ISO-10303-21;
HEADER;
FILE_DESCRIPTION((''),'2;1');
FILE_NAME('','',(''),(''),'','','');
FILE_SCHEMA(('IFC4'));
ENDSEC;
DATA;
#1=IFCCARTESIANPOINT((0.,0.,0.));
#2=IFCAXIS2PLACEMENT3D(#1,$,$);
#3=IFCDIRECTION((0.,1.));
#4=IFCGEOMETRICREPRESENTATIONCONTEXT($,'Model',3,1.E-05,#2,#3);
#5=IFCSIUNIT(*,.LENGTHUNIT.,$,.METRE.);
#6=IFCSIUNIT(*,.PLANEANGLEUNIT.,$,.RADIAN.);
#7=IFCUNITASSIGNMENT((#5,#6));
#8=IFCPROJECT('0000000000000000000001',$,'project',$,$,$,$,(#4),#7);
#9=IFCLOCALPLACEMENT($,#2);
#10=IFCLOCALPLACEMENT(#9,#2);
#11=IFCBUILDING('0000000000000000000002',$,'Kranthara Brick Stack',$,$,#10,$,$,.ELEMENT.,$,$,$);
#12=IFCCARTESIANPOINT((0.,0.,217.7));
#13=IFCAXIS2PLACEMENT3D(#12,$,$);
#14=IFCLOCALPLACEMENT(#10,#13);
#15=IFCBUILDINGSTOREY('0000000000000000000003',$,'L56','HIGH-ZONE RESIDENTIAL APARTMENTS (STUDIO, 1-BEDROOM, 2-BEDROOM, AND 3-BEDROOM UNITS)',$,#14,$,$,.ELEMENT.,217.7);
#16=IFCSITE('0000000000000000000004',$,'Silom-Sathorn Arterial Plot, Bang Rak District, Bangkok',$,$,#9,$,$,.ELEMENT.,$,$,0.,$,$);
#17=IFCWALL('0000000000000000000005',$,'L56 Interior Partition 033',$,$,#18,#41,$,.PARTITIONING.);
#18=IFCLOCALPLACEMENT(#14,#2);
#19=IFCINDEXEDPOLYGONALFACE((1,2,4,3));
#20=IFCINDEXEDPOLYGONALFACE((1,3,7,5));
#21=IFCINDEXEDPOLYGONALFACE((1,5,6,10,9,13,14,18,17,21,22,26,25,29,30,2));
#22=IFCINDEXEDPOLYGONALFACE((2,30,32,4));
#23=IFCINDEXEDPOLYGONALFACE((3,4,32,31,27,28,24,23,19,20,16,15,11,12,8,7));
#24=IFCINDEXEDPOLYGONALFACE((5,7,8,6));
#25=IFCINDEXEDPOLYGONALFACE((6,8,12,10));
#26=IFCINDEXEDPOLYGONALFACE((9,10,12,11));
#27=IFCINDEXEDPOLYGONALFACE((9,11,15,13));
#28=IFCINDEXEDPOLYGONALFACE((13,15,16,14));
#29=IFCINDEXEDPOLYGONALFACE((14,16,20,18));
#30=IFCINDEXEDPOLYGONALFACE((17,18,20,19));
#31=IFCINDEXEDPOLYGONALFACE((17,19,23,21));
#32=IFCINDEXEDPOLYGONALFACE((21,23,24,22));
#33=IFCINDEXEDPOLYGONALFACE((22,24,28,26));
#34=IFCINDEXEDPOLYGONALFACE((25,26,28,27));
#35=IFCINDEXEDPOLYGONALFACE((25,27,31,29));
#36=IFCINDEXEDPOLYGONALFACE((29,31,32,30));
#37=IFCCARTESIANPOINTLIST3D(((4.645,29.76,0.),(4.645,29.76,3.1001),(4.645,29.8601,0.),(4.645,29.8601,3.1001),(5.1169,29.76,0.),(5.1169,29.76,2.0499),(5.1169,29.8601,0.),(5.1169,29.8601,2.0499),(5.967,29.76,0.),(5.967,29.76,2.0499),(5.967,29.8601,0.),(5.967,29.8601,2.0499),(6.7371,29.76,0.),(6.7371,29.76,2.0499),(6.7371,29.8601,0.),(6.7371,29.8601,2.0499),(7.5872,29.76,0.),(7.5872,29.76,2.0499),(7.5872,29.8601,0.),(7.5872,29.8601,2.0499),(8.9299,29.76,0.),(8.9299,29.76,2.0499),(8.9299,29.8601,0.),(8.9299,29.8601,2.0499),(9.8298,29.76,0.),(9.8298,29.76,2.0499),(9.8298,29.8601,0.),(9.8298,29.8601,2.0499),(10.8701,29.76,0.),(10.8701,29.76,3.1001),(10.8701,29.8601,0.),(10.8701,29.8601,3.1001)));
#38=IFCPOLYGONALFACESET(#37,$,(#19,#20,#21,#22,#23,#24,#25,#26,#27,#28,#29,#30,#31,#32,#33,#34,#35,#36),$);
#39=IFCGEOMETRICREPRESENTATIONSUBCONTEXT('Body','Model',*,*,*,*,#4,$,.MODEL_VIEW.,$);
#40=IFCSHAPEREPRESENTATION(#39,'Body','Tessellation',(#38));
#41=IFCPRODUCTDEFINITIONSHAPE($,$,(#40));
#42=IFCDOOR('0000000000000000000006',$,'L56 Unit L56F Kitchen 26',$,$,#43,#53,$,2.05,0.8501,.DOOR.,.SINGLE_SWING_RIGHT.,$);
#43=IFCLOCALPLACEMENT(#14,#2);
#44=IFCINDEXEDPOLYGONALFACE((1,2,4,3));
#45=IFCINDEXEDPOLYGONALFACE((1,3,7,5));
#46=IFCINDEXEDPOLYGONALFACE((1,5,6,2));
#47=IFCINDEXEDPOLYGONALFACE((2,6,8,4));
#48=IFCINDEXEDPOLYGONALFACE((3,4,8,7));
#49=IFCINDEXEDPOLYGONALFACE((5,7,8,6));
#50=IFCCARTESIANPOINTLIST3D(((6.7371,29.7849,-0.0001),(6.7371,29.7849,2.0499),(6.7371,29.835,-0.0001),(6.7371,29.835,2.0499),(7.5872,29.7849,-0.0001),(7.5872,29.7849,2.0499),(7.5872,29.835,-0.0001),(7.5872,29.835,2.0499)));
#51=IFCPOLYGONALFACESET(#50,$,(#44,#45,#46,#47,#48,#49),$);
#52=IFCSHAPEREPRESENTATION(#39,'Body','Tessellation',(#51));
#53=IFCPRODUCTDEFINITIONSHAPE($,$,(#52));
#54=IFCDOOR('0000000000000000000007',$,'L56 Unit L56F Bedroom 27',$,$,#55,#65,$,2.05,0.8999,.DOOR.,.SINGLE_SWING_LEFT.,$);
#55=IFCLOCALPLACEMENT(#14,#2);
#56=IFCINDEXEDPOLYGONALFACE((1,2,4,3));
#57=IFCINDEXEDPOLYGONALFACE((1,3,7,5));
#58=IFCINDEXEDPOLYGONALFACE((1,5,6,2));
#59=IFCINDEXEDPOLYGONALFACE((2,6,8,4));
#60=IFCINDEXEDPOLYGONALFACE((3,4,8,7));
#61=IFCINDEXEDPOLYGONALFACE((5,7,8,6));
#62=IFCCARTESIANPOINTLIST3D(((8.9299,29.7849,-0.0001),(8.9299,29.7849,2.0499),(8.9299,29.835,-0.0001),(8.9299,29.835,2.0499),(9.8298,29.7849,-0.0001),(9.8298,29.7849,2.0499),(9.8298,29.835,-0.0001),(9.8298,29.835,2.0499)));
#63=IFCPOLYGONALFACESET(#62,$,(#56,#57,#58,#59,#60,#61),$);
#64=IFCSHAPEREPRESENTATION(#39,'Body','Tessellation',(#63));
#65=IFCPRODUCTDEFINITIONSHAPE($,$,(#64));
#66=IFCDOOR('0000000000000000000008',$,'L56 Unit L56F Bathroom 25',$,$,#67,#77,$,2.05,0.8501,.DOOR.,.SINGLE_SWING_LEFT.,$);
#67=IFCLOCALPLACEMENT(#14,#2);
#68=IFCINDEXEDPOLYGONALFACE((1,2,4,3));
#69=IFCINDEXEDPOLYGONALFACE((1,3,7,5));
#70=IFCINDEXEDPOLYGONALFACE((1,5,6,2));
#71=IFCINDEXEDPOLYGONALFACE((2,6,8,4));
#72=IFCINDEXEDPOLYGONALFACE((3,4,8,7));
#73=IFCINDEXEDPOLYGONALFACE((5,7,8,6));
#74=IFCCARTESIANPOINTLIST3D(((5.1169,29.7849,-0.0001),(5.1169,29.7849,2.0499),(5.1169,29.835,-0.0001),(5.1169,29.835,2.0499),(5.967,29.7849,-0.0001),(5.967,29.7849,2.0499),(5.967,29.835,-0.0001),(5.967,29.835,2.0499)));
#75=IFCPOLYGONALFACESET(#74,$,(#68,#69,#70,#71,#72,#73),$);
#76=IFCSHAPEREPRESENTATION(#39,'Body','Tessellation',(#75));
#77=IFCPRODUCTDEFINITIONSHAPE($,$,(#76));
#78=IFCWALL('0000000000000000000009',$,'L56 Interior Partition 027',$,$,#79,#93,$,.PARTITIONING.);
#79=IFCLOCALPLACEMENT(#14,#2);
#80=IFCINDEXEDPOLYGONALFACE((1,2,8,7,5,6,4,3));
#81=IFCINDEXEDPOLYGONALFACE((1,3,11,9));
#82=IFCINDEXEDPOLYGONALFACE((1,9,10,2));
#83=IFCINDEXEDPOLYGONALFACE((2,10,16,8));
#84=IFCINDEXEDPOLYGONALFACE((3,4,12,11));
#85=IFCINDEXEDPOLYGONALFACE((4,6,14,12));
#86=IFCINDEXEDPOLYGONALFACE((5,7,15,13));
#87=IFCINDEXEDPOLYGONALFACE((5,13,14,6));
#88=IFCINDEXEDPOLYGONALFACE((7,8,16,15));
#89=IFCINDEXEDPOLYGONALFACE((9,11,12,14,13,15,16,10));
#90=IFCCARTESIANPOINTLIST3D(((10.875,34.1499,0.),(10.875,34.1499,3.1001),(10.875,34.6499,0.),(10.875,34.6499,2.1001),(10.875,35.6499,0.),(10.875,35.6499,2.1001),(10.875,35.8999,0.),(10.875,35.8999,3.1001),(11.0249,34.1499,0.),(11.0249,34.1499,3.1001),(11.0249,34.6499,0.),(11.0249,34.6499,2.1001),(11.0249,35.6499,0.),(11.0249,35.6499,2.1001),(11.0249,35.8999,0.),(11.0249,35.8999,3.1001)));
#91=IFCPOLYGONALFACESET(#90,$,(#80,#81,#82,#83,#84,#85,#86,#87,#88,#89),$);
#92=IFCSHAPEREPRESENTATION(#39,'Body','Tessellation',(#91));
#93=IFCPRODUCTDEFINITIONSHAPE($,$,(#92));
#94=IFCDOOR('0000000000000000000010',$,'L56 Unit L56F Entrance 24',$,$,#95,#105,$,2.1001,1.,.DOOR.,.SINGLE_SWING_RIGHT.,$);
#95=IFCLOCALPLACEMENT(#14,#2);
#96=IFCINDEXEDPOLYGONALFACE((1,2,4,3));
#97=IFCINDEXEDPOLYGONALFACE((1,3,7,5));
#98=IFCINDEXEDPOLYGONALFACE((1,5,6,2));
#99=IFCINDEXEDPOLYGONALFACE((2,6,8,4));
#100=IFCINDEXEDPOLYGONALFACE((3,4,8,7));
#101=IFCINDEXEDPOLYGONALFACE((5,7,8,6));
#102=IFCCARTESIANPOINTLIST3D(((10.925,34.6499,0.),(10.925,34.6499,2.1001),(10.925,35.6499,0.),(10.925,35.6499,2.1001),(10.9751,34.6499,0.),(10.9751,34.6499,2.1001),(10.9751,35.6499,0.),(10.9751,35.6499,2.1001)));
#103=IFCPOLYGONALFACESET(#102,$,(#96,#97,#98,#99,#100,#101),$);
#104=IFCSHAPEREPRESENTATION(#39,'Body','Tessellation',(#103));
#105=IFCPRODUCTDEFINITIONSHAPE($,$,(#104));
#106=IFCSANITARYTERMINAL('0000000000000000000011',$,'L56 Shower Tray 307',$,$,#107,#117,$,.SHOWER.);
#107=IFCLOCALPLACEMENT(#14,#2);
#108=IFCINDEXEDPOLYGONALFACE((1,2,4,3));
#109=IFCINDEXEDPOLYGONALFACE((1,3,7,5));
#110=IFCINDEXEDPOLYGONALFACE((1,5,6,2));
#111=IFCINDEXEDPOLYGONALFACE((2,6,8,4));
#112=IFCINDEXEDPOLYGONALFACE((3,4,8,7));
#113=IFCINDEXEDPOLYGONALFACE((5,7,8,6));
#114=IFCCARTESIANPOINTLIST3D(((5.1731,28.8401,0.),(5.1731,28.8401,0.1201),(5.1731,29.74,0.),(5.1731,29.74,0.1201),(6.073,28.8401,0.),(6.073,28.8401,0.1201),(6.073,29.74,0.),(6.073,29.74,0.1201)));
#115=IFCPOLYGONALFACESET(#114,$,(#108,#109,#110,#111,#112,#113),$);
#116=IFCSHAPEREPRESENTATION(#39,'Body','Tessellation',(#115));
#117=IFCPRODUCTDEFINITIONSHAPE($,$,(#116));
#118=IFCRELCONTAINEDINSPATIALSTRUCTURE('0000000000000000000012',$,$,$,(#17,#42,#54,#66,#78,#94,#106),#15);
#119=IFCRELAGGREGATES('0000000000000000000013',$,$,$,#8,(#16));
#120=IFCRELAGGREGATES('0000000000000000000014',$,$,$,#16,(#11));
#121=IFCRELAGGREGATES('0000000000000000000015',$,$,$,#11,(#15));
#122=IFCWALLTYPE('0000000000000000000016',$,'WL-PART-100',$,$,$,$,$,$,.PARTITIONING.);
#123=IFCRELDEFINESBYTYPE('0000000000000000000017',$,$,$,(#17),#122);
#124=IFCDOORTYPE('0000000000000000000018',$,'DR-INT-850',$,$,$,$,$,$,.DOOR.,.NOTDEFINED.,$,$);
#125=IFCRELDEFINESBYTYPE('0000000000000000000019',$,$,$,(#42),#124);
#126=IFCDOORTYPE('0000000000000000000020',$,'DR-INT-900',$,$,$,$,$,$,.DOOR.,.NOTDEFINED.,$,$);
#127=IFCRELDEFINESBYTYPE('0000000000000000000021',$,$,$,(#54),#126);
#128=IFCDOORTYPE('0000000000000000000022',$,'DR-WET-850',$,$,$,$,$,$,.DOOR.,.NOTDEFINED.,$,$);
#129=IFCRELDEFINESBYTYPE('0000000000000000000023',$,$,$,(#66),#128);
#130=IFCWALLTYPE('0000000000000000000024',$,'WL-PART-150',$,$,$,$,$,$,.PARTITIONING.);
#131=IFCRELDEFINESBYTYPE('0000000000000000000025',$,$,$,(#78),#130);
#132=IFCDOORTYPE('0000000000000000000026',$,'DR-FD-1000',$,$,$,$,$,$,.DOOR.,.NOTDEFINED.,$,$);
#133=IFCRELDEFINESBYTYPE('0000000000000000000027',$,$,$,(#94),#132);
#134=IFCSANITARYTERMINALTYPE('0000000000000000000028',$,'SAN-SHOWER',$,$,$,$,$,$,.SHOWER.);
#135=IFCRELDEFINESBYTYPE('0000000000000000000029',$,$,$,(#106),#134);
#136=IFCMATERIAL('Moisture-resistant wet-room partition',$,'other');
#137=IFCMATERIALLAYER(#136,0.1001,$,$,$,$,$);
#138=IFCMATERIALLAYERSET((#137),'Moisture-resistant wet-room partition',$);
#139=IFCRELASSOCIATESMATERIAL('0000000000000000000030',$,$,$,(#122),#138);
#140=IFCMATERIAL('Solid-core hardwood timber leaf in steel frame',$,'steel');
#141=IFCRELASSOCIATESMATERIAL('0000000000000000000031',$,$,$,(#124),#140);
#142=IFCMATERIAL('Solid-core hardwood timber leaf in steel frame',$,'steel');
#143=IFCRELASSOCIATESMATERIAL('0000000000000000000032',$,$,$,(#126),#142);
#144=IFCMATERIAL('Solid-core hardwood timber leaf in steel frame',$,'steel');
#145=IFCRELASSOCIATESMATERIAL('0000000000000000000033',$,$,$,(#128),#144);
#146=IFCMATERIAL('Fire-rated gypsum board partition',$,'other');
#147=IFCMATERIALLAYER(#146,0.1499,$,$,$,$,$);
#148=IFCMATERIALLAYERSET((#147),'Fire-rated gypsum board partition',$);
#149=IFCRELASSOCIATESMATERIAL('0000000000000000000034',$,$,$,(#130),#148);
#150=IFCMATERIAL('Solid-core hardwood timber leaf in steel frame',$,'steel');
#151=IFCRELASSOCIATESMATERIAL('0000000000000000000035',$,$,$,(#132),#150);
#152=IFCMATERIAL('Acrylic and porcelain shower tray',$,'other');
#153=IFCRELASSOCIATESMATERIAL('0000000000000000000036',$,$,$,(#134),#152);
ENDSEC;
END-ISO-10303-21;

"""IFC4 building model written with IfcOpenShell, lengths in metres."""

from ifc_helpers import new_model, si_unit, direction, frame, frame_2d, origin, origin_2d, place, context, subcontext, project, spatial, rectangle, extrude, material, layer, layer_set, type_object, element, fill, save


model = new_model("IFC4")

# Units and contexts
model_context = context("Model", 3, precision=1e-05, world=origin(), true_north=direction((0.0, 1.0)))
body_context = subcontext(model_context, "Body", "Model", "MODEL_VIEW")
ifc_project = project(units=[si_unit("LENGTHUNIT", "METRE"), si_unit("PLANEANGLEUNIT", "RADIAN")], contexts=[model_context])

# Site, building, storey
site_placement = place(None, origin())
site = spatial("IfcSite", under=ifc_project, at=site_placement, Name="Silom-Sathorn Arterial Plot, Bang Rak District, Bangkok", CompositionType="ELEMENT", RefElevation=0.0)
building_placement = place(site_placement, origin())
building = spatial("IfcBuilding", under=site, at=building_placement, Name="Kranthara Brick Stack", CompositionType="ELEMENT")
storey_placement = place(building_placement, frame((0.0, 0.0, 217.7)))
storey = spatial("IfcBuildingStorey", under=building, at=storey_placement, Name="L56", Description="HIGH-ZONE RESIDENTIAL APARTMENTS (STUDIO, 1-BEDROOM, 2-BEDROOM, AND 3-BEDROOM UNITS)", CompositionType="ELEMENT", Elevation=217.7)

# Wall, openings, doors
ifc_material_1 = material(Name="Moisture-resistant wet-room partition", Category="other")
ifc_layer_1 = layer(ifc_material_1, 0.1001)
ifc_layer_set_1 = layer_set([ifc_layer_1], Name="Moisture-resistant wet-room partition")
wall_type_1 = type_object("IfcWallType", Name="WL-PART-100", PredefinedType="PARTITIONING", material=ifc_layer_set_1)
wall_1_placement = place(storey_placement, frame((4.645, 29.8101, 0.0), z_axis=(0.0, 0.0, 1.0), x_axis=(1.0, 0.0, 0.0)))
wall_1 = element("IfcWall", 1, at=wall_1_placement, inside=storey, type_object=wall_type_1, Name="L56 Interior Partition 033", PredefinedType="PARTITIONING", context=body_context, shape_type="SweptSolid", body=[
    extrude(rectangle(XDim=6.2251, YDim=0.1001, at=frame_2d((3.1125, 0.0))), origin(), (0.0, 0.0, 1.0), 3.1001),
])
opening_1_placement = place(wall_1_placement, frame((0.4719, 0.0, 0.0)))
opening_1 = element("IfcOpeningElement", 2, at=opening_1_placement, cuts=wall_1, PredefinedType="OPENING", context=body_context, shape_type="SweptSolid", body=[
    extrude(rectangle(XDim=0.8501, YDim=2.05, at=frame_2d((0.425, 1.0249))), frame((0.0, 0.0601, 0.0), z_axis=(0.0, -1.0, 0.0), x_axis=(1.0, 0.0, 0.0)), (0.0, 0.0, 1.0), 0.1201),
])
opening_2_placement = place(wall_1_placement, frame((2.092, 0.0, 0.0)))
opening_2 = element("IfcOpeningElement", 3, at=opening_2_placement, cuts=wall_1, PredefinedType="OPENING", context=body_context, shape_type="SweptSolid", body=[
    extrude(rectangle(XDim=0.8501, YDim=2.05, at=frame_2d((0.425, 1.0249))), frame((0.0, 0.0601, 0.0), z_axis=(0.0, -1.0, 0.0), x_axis=(1.0, 0.0, 0.0)), (0.0, 0.0, 1.0), 0.1201),
])
opening_3_placement = place(wall_1_placement, frame((4.2849, 0.0, 0.0)))
opening_3 = element("IfcOpeningElement", 4, at=opening_3_placement, cuts=wall_1, PredefinedType="OPENING", context=body_context, shape_type="SweptSolid", body=[
    extrude(rectangle(XDim=0.8999, YDim=2.05, at=frame_2d((0.45, 1.0249))), frame((0.0, 0.0601, 0.0), z_axis=(0.0, -1.0, 0.0), x_axis=(1.0, 0.0, 0.0)), (0.0, 0.0, 1.0), 0.1201),
])
ifc_material_2 = material(Name="Solid-core hardwood timber leaf in steel frame", Category="steel")
door_type_1 = type_object("IfcDoorType", Name="DR-INT-850", OperationType="NOTDEFINED", PredefinedType="DOOR", material=ifc_material_2)
door_1_placement = place(opening_2_placement, origin())
door_1 = element("IfcDoor", 5, at=door_1_placement, inside=storey, type_object=door_type_1, Name="L56 Unit L56F Kitchen 26", OperationType="SINGLE_SWING_RIGHT", OverallHeight=2.05, OverallWidth=0.8501, PredefinedType="DOOR", context=body_context, shape_type="SweptSolid", body=[
    extrude(rectangle(XDim=0.8501, YDim=2.05, at=frame_2d((0.425, 1.0249))), frame((0.0, 0.0249, 0.0), z_axis=(0.0, -1.0, 0.0), x_axis=(1.0, 0.0, 0.0)), (0.0, 0.0, 1.0), 0.05),
])
fill(opening_2, door_1)
ifc_material_3 = material(Name="Solid-core hardwood timber leaf in steel frame", Category="steel")
door_type_2 = type_object("IfcDoorType", Name="DR-INT-900", OperationType="NOTDEFINED", PredefinedType="DOOR", material=ifc_material_3)
door_2_placement = place(opening_3_placement, origin())
door_2 = element("IfcDoor", 6, at=door_2_placement, inside=storey, type_object=door_type_2, Name="L56 Unit L56F Bedroom 27", OperationType="SINGLE_SWING_LEFT", OverallHeight=2.05, OverallWidth=0.8999, PredefinedType="DOOR", context=body_context, shape_type="SweptSolid", body=[
    extrude(rectangle(XDim=0.8999, YDim=2.05, at=frame_2d((0.45, 1.0249))), frame((0.0, 0.0249, 0.0), z_axis=(0.0, -1.0, 0.0), x_axis=(1.0, 0.0, 0.0)), (0.0, 0.0, 1.0), 0.05),
])
fill(opening_3, door_2)
ifc_material_4 = material(Name="Solid-core hardwood timber leaf in steel frame", Category="steel")
door_type_3 = type_object("IfcDoorType", Name="DR-WET-850", OperationType="NOTDEFINED", PredefinedType="DOOR", material=ifc_material_4)
door_3_placement = place(opening_1_placement, origin())
door_3 = element("IfcDoor", 7, at=door_3_placement, inside=storey, type_object=door_type_3, Name="L56 Unit L56F Bathroom 25", OperationType="SINGLE_SWING_LEFT", OverallHeight=2.05, OverallWidth=0.8501, PredefinedType="DOOR", context=body_context, shape_type="SweptSolid", body=[
    extrude(rectangle(XDim=0.8501, YDim=2.05, at=frame_2d((0.425, 1.0249))), frame((0.0, 0.0249, 0.0), z_axis=(0.0, -1.0, 0.0), x_axis=(1.0, 0.0, 0.0)), (0.0, 0.0, 1.0), 0.05),
])
fill(opening_1, door_3)

# Wall, opening, door
ifc_material_5 = material(Name="Fire-rated gypsum board partition", Category="other")
ifc_layer_2 = layer(ifc_material_5, 0.1499)
ifc_layer_set_2 = layer_set([ifc_layer_2], Name="Fire-rated gypsum board partition")
wall_type_2 = type_object("IfcWallType", Name="WL-PART-150", PredefinedType="PARTITIONING", material=ifc_layer_set_2)
wall_2_placement = place(storey_placement, frame((10.95, 34.1499, 0.0), z_axis=(0.0, 0.0, 1.0), x_axis=(0.0, 1.0, 0.0)))
wall_2 = element("IfcWall", 8, at=wall_2_placement, inside=storey, type_object=wall_type_2, Name="L56 Interior Partition 027", PredefinedType="PARTITIONING", context=body_context, shape_type="SweptSolid", body=[
    extrude(rectangle(XDim=1.75, YDim=0.1499, at=frame_2d((0.875, 0.0))), origin(), (0.0, 0.0, 1.0), 3.1001),
])
opening_4_placement = place(wall_2_placement, frame((0.5, 0.0, 0.0)))
opening_4 = element("IfcOpeningElement", 9, at=opening_4_placement, cuts=wall_2, PredefinedType="OPENING", context=body_context, shape_type="SweptSolid", body=[
    extrude(rectangle(XDim=1.0, YDim=2.1001, at=frame_2d((0.5, 1.05))), frame((0.0, 0.085, 0.0), z_axis=(0.0, -1.0, 0.0), x_axis=(1.0, 0.0, 0.0)), (0.0, 0.0, 1.0), 0.1699),
])
ifc_material_6 = material(Name="Solid-core hardwood timber leaf in steel frame", Category="steel")
door_type_4 = type_object("IfcDoorType", Name="DR-FD-1000", OperationType="NOTDEFINED", PredefinedType="DOOR", material=ifc_material_6)
door_4_placement = place(opening_4_placement, origin())
door_4 = element("IfcDoor", 10, at=door_4_placement, inside=storey, type_object=door_type_4, Name="L56 Unit L56F Entrance 24", OperationType="SINGLE_SWING_RIGHT", OverallHeight=2.1001, OverallWidth=1.0, PredefinedType="DOOR", context=body_context, shape_type="SweptSolid", body=[
    extrude(rectangle(XDim=1.0, YDim=2.1001, at=frame_2d((0.5, 1.05))), frame((0.0, 0.0249, 0.0), z_axis=(0.0, -1.0, 0.0), x_axis=(1.0, 0.0, 0.0)), (0.0, 0.0, 1.0), 0.05),
])
fill(opening_4, door_4)

# Sanitary terminal
ifc_material_7 = material(Name="Acrylic and porcelain shower tray", Category="other")
sanitary_terminal_type = type_object("IfcSanitaryTerminalType", Name="SAN-SHOWER", PredefinedType="SHOWER", material=ifc_material_7)
sanitary_terminal_placement = place(storey_placement, frame((5.623, 29.29, 0.0), z_axis=(0.0, 0.0, 1.0), x_axis=(1.0, 0.0, 0.0)))
element("IfcSanitaryTerminal", 11, at=sanitary_terminal_placement, inside=storey, type_object=sanitary_terminal_type, Name="L56 Shower Tray 307", PredefinedType="SHOWER", context=body_context, shape_type="SweptSolid", body=[
    extrude(rectangle(XDim=0.8999, YDim=0.8999, at=origin_2d()), origin(), (0.0, 0.0, 1.0), 0.1201),
])

save(model, "model.ifc")
